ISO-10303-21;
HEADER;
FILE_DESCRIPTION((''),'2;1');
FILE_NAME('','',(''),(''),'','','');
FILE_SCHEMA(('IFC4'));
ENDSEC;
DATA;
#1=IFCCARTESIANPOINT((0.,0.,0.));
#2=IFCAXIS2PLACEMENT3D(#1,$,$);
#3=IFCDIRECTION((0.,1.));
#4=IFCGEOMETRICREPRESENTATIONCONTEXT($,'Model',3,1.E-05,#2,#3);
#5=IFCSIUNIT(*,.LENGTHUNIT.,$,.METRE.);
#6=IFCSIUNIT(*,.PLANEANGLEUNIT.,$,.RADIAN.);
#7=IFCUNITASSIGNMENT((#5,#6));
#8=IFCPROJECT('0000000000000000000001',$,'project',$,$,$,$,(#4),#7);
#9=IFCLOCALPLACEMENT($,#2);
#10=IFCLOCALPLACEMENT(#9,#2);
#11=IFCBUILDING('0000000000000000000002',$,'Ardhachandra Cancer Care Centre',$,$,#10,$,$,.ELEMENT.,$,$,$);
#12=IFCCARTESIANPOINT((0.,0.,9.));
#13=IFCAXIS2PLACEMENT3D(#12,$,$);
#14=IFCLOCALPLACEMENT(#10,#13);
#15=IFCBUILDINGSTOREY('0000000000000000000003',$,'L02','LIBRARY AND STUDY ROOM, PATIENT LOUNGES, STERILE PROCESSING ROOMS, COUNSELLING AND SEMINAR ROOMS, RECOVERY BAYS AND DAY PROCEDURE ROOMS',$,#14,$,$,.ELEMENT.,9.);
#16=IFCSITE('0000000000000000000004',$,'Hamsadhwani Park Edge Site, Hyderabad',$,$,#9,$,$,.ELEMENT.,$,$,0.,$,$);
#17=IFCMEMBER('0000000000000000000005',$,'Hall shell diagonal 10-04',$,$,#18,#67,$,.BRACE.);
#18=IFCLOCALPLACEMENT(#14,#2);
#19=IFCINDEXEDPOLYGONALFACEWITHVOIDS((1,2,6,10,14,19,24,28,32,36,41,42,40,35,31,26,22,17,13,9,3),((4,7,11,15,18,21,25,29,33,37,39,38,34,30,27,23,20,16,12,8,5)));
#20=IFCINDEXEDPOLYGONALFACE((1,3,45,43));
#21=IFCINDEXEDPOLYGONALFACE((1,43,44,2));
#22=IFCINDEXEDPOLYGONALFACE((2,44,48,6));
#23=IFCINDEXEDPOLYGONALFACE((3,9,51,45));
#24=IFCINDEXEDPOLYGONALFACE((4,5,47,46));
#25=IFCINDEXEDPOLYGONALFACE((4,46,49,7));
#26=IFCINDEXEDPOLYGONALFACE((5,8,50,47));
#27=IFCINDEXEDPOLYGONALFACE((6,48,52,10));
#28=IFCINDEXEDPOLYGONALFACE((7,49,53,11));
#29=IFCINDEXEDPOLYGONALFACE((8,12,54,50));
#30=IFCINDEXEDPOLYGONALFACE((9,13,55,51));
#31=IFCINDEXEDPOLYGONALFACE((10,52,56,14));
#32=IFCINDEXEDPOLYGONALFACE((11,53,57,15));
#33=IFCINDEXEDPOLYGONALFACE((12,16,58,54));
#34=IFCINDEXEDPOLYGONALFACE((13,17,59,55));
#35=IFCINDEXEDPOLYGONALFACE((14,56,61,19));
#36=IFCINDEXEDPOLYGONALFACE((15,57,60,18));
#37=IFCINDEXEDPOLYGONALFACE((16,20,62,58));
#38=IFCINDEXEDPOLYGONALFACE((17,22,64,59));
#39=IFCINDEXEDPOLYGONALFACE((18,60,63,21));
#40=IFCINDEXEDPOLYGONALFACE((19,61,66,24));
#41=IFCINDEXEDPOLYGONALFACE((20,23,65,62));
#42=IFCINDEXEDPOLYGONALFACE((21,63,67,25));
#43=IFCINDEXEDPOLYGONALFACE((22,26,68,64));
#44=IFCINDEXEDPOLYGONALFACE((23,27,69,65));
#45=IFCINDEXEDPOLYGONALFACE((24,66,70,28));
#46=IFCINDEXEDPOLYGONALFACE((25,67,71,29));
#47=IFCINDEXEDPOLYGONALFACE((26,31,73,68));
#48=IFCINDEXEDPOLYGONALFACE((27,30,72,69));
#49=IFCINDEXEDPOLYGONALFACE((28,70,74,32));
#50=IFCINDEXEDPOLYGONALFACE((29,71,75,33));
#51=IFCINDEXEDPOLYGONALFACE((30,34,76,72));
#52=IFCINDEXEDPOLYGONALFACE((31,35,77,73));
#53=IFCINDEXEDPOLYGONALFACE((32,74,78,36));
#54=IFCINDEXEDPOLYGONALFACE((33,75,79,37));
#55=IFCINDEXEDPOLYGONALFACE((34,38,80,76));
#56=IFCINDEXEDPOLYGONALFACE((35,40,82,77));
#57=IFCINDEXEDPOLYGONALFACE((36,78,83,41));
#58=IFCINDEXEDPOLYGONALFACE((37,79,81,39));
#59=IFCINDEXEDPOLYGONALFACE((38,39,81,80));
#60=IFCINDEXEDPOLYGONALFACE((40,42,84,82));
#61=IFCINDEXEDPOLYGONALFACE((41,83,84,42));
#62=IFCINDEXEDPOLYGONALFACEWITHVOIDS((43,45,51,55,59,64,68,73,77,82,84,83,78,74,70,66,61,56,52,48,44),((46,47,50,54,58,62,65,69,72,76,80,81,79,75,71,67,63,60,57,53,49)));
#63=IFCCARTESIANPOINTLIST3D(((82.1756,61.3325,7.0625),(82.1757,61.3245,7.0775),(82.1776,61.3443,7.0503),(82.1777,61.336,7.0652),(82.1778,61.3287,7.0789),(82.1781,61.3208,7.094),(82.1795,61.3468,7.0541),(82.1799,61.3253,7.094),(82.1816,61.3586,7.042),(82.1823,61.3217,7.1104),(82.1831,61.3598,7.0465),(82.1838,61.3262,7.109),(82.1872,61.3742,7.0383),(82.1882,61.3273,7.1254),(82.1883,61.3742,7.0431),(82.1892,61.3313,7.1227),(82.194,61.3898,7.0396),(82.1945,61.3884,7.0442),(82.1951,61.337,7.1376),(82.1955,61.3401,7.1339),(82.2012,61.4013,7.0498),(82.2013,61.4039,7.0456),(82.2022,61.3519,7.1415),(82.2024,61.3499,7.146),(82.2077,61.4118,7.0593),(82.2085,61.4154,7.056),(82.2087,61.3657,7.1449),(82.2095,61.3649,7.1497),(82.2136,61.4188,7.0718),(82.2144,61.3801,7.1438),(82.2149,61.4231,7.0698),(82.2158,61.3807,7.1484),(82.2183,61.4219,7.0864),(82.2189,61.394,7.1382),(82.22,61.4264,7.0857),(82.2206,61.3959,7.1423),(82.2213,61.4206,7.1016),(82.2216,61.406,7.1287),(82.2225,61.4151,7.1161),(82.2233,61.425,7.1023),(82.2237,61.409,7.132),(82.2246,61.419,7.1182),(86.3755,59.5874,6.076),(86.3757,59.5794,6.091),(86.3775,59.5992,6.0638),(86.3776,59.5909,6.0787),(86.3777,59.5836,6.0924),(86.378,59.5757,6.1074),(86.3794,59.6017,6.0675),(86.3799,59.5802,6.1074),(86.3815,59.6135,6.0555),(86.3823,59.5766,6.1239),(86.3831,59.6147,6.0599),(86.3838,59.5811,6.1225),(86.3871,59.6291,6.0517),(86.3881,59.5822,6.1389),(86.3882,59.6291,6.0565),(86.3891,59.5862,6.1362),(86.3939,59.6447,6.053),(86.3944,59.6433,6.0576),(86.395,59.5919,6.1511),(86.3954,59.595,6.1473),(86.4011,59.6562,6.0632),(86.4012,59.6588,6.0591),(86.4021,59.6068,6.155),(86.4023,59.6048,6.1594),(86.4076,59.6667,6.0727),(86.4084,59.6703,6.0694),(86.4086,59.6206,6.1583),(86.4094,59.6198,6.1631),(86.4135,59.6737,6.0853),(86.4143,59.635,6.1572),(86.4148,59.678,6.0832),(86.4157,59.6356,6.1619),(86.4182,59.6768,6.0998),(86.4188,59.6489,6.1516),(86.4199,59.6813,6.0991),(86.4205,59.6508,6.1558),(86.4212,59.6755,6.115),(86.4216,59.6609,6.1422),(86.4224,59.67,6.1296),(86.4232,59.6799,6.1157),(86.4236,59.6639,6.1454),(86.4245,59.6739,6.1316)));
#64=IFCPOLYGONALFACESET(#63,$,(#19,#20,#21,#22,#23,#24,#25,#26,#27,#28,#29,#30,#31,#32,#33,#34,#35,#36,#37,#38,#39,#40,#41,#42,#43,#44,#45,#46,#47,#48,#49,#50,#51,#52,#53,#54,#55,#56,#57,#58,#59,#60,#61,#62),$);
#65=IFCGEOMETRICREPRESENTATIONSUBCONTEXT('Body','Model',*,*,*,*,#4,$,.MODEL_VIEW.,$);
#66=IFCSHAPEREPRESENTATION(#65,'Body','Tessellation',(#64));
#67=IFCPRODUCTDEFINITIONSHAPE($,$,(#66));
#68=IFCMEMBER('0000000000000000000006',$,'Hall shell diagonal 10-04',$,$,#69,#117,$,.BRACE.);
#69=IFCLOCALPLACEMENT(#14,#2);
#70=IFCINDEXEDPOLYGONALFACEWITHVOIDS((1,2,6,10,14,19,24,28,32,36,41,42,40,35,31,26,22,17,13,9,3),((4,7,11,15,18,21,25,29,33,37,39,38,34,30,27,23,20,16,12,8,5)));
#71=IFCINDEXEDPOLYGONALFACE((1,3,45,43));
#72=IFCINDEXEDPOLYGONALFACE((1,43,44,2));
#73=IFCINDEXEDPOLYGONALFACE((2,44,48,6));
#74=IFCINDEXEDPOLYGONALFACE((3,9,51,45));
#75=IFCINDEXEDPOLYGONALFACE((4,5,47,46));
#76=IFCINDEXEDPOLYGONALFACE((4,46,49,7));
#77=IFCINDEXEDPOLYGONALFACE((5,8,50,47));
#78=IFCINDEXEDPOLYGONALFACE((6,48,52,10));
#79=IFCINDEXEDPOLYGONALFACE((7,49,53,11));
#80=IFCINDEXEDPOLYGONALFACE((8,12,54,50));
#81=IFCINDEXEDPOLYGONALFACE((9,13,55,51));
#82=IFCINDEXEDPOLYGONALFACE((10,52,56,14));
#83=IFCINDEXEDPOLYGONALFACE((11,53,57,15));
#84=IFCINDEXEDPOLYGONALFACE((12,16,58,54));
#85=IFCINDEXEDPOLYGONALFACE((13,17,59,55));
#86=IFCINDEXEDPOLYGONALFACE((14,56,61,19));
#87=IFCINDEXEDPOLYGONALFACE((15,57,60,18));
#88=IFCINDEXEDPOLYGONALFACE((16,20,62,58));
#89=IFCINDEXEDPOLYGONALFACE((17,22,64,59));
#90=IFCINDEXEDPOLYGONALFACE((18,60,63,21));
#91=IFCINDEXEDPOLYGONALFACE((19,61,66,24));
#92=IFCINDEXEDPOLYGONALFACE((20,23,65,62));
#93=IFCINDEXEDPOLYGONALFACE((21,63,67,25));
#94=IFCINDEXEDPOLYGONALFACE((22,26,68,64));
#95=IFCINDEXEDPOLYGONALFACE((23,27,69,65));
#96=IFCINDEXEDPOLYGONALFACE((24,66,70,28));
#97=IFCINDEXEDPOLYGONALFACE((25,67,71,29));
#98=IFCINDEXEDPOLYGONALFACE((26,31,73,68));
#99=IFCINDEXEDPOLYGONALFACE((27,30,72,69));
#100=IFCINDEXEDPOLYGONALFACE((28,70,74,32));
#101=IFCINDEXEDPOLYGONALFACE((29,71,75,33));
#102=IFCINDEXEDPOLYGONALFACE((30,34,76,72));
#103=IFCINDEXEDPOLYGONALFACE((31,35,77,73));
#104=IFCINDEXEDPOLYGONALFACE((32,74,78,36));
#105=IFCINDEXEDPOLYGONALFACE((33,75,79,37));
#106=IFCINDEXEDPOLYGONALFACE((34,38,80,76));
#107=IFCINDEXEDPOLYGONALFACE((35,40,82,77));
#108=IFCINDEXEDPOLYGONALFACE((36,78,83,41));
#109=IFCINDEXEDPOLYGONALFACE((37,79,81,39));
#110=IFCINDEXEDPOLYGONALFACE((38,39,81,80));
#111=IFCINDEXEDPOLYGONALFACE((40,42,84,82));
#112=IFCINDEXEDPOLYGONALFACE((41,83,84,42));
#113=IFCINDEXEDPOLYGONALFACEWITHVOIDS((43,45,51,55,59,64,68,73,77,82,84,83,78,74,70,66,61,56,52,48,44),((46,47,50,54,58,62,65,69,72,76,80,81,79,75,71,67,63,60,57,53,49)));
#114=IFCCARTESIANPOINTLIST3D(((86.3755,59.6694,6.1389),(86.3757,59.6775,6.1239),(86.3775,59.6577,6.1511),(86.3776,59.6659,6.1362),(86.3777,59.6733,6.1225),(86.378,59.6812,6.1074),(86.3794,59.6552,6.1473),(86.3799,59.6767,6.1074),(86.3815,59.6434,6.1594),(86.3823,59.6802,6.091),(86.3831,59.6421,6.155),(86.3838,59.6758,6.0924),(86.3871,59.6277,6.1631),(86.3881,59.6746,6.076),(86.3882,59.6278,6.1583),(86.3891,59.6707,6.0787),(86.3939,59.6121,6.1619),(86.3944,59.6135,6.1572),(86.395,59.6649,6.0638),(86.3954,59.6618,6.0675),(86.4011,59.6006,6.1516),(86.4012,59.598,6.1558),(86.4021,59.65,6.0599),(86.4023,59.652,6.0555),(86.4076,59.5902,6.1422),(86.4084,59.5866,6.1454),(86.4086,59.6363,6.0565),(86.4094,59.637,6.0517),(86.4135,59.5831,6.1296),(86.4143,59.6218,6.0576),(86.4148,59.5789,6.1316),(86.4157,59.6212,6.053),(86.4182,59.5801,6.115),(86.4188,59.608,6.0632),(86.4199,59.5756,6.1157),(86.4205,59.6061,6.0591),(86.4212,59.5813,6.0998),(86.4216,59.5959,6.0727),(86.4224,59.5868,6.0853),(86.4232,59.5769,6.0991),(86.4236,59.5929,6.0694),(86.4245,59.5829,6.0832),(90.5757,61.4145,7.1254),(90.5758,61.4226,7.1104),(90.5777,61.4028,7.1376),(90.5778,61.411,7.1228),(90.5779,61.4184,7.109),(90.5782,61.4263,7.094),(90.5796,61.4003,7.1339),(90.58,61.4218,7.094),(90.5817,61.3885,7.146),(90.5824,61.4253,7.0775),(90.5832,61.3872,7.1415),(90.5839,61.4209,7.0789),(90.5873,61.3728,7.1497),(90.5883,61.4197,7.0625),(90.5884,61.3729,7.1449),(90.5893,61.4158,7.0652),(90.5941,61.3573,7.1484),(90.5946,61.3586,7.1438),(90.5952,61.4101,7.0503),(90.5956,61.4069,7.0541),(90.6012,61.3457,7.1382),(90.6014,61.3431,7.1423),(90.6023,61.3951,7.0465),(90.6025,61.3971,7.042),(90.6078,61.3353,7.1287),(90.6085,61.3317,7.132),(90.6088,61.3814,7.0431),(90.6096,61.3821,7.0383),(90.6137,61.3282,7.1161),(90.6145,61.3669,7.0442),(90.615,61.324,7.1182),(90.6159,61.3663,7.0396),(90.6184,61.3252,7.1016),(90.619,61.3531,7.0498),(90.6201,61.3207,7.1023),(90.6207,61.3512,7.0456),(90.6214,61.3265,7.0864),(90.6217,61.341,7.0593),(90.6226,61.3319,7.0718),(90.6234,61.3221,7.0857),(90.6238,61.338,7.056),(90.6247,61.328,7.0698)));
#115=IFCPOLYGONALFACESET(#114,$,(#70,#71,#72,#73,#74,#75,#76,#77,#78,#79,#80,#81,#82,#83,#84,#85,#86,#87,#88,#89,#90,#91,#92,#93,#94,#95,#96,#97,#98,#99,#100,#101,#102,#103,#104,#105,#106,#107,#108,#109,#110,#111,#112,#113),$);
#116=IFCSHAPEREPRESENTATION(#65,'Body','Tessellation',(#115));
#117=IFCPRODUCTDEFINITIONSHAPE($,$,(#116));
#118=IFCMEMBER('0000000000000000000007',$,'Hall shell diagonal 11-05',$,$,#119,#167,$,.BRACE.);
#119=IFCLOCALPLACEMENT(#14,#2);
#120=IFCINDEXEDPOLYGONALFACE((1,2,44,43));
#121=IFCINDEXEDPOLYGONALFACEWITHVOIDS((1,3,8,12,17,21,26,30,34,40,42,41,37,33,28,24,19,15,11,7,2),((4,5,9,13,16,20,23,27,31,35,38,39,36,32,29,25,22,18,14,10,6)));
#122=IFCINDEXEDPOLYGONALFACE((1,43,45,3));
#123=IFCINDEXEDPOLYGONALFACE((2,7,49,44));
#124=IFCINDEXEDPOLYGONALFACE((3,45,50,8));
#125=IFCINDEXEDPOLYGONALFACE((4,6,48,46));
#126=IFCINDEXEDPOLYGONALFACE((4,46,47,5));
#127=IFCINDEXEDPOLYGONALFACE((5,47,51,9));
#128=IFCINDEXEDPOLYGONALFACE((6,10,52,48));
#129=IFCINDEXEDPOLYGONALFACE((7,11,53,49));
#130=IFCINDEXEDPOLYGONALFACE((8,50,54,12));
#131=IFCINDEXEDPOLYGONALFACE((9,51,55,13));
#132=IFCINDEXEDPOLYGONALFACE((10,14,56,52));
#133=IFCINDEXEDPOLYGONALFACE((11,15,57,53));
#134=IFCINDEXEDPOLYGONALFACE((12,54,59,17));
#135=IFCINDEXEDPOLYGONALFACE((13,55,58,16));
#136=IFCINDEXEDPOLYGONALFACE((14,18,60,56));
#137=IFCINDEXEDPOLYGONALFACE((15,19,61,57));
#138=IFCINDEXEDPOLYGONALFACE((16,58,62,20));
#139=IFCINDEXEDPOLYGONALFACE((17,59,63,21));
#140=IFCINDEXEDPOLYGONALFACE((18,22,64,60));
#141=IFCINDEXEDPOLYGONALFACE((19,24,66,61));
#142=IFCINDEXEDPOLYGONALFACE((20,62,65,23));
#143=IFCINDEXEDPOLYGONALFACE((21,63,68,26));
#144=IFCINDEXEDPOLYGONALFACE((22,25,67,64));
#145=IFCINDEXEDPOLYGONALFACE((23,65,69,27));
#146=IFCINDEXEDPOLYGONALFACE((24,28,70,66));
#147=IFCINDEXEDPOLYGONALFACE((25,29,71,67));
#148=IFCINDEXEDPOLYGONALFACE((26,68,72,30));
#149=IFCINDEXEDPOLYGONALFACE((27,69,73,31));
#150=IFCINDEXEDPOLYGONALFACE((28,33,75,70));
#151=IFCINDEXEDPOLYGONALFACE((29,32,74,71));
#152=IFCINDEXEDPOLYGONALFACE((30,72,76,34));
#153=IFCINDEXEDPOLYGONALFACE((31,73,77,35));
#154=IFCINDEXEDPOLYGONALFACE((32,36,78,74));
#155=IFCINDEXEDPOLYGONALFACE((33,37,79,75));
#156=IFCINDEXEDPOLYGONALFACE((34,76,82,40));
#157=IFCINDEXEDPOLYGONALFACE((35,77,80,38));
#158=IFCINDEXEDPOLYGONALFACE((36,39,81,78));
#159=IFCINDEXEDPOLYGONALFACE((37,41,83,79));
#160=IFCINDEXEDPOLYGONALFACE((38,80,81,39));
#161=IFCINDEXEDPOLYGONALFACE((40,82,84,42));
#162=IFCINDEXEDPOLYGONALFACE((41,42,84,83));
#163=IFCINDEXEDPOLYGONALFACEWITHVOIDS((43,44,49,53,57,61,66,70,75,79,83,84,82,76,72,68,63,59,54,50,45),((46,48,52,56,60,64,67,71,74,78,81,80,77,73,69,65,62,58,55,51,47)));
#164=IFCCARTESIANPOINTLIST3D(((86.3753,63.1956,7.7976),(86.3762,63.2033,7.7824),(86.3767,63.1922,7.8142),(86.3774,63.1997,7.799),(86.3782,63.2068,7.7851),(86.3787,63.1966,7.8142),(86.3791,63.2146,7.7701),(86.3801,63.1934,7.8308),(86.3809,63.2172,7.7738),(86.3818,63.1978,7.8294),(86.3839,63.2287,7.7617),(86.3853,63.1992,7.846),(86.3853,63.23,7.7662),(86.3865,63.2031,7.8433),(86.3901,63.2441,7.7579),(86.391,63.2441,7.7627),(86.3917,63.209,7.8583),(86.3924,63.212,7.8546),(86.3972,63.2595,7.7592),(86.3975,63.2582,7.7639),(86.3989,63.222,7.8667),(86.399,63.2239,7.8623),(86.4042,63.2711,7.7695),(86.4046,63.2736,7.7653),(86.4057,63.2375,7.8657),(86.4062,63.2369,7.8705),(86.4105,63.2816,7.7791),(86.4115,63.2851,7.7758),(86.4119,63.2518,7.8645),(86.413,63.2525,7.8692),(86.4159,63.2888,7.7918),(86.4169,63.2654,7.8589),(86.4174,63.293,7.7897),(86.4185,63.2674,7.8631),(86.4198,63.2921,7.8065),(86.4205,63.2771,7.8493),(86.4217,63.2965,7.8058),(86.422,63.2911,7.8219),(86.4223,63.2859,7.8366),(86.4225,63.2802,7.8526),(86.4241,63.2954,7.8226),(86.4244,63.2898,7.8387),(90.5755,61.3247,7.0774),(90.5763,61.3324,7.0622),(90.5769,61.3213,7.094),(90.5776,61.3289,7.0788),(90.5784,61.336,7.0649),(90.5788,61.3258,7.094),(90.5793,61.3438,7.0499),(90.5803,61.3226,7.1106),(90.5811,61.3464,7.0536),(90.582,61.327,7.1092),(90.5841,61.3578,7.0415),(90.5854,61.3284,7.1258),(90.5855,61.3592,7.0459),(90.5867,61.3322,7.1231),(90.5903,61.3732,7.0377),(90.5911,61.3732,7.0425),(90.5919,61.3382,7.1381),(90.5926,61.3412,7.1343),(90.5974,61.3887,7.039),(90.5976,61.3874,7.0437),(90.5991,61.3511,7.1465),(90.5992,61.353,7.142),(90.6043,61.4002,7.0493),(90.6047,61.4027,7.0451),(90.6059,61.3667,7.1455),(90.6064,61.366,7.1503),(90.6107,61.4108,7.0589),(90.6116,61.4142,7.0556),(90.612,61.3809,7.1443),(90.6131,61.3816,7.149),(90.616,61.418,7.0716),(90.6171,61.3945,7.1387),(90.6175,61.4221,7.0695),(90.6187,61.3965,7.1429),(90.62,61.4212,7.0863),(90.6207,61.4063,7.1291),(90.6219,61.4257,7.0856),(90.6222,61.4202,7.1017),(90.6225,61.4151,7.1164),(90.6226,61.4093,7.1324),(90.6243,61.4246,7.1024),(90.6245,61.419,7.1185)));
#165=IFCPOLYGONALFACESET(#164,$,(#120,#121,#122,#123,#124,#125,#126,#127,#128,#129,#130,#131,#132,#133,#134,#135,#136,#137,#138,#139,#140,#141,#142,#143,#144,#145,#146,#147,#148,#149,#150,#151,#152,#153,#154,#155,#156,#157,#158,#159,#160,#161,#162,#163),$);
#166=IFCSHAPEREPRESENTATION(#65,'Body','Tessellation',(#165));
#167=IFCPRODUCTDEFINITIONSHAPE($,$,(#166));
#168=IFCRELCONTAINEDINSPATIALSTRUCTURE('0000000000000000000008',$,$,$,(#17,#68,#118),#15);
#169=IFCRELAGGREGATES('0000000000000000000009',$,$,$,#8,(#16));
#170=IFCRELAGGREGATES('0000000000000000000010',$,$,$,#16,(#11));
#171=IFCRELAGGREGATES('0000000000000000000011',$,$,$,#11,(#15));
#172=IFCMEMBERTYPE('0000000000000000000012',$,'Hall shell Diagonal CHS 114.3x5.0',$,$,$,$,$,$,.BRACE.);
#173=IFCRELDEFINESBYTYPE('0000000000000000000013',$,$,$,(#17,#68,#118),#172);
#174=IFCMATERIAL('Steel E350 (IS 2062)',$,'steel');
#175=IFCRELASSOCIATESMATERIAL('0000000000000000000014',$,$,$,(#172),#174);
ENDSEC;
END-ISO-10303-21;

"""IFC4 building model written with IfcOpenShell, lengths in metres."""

from ifc_helpers import new_model, si_unit, direction, frame, origin, origin_2d, place, context, subcontext, project, spatial, hollow_circle, extrude, material, material_profile, profile_set, type_object, element, save


model = new_model("IFC4")

# Units and contexts
model_context = context("Model", 3, precision=1e-05, world=origin(), true_north=direction((0.0, 1.0)))
body_context = subcontext(model_context, "Body", "Model", "MODEL_VIEW")
ifc_project = project(units=[si_unit("LENGTHUNIT", "METRE"), si_unit("PLANEANGLEUNIT", "RADIAN")], contexts=[model_context])

# Site, building, storey
site_placement = place(None, origin())
site = spatial("IfcSite", under=ifc_project, at=site_placement, Name="Hamsadhwani Park Edge Site, Hyderabad", CompositionType="ELEMENT", RefElevation=0.0)
building_placement = place(site_placement, origin())
building = spatial("IfcBuilding", under=site, at=building_placement, Name="Ardhachandra Cancer Care Centre", CompositionType="ELEMENT")
storey_placement = place(building_placement, frame((0.0, 0.0, 9.0)))
storey = spatial("IfcBuildingStorey", under=building, at=storey_placement, Name="L02", Description="LIBRARY AND STUDY ROOM, PATIENT LOUNGES, STERILE PROCESSING ROOMS, COUNSELLING AND SEMINAR ROOMS, RECOVERY BAYS AND DAY PROCEDURE ROOMS", CompositionType="ELEMENT", Elevation=9.0)

# Members
ifc_material_1 = material(Name="Steel E350 (IS 2062)", Category="steel")
ifc_material_profile_1 = material_profile(ifc_material_1, hollow_circle(Radius=0.0571, WallThickness=0.0049, at=origin_2d()), Name="CHS 114.3x5.0")
ifc_profile_set_1 = profile_set([ifc_material_profile_1], Name="Steel E350 (IS 2062)")
member_type_1 = type_object("IfcMemberType", Name="Hall shell Diagonal CHS 114.3x5.0", PredefinedType="BRACE", material=ifc_profile_set_1)
member_1_placement = place(storey_placement, frame((86.3999, 59.6284, 6.1074), z_axis=(-0.902467, 0.374983, 0.21199), x_axis=(-0.383704, -0.923456, 0.0)))
element("IfcMember", 1, at=member_1_placement, inside=storey, type_object=member_type_1, Name="Hall shell diagonal 10-04", PredefinedType="BRACE", context=body_context, shape_type="SweptSolid", body=[
    extrude(hollow_circle(Radius=0.0571, WallThickness=0.0049, at=origin_2d()), origin(), (0.0, 0.0, 1.0), 4.6538),
])
for number, where, z_axis, x_axis, name in (
    (2, (86.3999, 59.6284, 6.1074), (0.902477, 0.374966, 0.21198), (-0.383685, 0.923464, 0.0), "Hall shell diagonal 10-04"),
    (3, (90.6001, 61.3735, 7.094), (-0.902477, 0.401981, 0.154749), (-0.406882, -0.913481, 0.0), "Hall shell diagonal 11-05"),
):
    element("IfcMember", number, at=place(storey_placement, frame(where, z_axis=z_axis, x_axis=x_axis)), inside=storey, type_object=member_type_1, Name=name, PredefinedType="BRACE", context=body_context, shape_type="SweptSolid", body=[
        extrude(hollow_circle(Radius=0.0571, WallThickness=0.0049, at=origin_2d()), origin(), (0.0, 0.0, 1.0), 4.6541),
    ])

save(model, "model.ifc")
